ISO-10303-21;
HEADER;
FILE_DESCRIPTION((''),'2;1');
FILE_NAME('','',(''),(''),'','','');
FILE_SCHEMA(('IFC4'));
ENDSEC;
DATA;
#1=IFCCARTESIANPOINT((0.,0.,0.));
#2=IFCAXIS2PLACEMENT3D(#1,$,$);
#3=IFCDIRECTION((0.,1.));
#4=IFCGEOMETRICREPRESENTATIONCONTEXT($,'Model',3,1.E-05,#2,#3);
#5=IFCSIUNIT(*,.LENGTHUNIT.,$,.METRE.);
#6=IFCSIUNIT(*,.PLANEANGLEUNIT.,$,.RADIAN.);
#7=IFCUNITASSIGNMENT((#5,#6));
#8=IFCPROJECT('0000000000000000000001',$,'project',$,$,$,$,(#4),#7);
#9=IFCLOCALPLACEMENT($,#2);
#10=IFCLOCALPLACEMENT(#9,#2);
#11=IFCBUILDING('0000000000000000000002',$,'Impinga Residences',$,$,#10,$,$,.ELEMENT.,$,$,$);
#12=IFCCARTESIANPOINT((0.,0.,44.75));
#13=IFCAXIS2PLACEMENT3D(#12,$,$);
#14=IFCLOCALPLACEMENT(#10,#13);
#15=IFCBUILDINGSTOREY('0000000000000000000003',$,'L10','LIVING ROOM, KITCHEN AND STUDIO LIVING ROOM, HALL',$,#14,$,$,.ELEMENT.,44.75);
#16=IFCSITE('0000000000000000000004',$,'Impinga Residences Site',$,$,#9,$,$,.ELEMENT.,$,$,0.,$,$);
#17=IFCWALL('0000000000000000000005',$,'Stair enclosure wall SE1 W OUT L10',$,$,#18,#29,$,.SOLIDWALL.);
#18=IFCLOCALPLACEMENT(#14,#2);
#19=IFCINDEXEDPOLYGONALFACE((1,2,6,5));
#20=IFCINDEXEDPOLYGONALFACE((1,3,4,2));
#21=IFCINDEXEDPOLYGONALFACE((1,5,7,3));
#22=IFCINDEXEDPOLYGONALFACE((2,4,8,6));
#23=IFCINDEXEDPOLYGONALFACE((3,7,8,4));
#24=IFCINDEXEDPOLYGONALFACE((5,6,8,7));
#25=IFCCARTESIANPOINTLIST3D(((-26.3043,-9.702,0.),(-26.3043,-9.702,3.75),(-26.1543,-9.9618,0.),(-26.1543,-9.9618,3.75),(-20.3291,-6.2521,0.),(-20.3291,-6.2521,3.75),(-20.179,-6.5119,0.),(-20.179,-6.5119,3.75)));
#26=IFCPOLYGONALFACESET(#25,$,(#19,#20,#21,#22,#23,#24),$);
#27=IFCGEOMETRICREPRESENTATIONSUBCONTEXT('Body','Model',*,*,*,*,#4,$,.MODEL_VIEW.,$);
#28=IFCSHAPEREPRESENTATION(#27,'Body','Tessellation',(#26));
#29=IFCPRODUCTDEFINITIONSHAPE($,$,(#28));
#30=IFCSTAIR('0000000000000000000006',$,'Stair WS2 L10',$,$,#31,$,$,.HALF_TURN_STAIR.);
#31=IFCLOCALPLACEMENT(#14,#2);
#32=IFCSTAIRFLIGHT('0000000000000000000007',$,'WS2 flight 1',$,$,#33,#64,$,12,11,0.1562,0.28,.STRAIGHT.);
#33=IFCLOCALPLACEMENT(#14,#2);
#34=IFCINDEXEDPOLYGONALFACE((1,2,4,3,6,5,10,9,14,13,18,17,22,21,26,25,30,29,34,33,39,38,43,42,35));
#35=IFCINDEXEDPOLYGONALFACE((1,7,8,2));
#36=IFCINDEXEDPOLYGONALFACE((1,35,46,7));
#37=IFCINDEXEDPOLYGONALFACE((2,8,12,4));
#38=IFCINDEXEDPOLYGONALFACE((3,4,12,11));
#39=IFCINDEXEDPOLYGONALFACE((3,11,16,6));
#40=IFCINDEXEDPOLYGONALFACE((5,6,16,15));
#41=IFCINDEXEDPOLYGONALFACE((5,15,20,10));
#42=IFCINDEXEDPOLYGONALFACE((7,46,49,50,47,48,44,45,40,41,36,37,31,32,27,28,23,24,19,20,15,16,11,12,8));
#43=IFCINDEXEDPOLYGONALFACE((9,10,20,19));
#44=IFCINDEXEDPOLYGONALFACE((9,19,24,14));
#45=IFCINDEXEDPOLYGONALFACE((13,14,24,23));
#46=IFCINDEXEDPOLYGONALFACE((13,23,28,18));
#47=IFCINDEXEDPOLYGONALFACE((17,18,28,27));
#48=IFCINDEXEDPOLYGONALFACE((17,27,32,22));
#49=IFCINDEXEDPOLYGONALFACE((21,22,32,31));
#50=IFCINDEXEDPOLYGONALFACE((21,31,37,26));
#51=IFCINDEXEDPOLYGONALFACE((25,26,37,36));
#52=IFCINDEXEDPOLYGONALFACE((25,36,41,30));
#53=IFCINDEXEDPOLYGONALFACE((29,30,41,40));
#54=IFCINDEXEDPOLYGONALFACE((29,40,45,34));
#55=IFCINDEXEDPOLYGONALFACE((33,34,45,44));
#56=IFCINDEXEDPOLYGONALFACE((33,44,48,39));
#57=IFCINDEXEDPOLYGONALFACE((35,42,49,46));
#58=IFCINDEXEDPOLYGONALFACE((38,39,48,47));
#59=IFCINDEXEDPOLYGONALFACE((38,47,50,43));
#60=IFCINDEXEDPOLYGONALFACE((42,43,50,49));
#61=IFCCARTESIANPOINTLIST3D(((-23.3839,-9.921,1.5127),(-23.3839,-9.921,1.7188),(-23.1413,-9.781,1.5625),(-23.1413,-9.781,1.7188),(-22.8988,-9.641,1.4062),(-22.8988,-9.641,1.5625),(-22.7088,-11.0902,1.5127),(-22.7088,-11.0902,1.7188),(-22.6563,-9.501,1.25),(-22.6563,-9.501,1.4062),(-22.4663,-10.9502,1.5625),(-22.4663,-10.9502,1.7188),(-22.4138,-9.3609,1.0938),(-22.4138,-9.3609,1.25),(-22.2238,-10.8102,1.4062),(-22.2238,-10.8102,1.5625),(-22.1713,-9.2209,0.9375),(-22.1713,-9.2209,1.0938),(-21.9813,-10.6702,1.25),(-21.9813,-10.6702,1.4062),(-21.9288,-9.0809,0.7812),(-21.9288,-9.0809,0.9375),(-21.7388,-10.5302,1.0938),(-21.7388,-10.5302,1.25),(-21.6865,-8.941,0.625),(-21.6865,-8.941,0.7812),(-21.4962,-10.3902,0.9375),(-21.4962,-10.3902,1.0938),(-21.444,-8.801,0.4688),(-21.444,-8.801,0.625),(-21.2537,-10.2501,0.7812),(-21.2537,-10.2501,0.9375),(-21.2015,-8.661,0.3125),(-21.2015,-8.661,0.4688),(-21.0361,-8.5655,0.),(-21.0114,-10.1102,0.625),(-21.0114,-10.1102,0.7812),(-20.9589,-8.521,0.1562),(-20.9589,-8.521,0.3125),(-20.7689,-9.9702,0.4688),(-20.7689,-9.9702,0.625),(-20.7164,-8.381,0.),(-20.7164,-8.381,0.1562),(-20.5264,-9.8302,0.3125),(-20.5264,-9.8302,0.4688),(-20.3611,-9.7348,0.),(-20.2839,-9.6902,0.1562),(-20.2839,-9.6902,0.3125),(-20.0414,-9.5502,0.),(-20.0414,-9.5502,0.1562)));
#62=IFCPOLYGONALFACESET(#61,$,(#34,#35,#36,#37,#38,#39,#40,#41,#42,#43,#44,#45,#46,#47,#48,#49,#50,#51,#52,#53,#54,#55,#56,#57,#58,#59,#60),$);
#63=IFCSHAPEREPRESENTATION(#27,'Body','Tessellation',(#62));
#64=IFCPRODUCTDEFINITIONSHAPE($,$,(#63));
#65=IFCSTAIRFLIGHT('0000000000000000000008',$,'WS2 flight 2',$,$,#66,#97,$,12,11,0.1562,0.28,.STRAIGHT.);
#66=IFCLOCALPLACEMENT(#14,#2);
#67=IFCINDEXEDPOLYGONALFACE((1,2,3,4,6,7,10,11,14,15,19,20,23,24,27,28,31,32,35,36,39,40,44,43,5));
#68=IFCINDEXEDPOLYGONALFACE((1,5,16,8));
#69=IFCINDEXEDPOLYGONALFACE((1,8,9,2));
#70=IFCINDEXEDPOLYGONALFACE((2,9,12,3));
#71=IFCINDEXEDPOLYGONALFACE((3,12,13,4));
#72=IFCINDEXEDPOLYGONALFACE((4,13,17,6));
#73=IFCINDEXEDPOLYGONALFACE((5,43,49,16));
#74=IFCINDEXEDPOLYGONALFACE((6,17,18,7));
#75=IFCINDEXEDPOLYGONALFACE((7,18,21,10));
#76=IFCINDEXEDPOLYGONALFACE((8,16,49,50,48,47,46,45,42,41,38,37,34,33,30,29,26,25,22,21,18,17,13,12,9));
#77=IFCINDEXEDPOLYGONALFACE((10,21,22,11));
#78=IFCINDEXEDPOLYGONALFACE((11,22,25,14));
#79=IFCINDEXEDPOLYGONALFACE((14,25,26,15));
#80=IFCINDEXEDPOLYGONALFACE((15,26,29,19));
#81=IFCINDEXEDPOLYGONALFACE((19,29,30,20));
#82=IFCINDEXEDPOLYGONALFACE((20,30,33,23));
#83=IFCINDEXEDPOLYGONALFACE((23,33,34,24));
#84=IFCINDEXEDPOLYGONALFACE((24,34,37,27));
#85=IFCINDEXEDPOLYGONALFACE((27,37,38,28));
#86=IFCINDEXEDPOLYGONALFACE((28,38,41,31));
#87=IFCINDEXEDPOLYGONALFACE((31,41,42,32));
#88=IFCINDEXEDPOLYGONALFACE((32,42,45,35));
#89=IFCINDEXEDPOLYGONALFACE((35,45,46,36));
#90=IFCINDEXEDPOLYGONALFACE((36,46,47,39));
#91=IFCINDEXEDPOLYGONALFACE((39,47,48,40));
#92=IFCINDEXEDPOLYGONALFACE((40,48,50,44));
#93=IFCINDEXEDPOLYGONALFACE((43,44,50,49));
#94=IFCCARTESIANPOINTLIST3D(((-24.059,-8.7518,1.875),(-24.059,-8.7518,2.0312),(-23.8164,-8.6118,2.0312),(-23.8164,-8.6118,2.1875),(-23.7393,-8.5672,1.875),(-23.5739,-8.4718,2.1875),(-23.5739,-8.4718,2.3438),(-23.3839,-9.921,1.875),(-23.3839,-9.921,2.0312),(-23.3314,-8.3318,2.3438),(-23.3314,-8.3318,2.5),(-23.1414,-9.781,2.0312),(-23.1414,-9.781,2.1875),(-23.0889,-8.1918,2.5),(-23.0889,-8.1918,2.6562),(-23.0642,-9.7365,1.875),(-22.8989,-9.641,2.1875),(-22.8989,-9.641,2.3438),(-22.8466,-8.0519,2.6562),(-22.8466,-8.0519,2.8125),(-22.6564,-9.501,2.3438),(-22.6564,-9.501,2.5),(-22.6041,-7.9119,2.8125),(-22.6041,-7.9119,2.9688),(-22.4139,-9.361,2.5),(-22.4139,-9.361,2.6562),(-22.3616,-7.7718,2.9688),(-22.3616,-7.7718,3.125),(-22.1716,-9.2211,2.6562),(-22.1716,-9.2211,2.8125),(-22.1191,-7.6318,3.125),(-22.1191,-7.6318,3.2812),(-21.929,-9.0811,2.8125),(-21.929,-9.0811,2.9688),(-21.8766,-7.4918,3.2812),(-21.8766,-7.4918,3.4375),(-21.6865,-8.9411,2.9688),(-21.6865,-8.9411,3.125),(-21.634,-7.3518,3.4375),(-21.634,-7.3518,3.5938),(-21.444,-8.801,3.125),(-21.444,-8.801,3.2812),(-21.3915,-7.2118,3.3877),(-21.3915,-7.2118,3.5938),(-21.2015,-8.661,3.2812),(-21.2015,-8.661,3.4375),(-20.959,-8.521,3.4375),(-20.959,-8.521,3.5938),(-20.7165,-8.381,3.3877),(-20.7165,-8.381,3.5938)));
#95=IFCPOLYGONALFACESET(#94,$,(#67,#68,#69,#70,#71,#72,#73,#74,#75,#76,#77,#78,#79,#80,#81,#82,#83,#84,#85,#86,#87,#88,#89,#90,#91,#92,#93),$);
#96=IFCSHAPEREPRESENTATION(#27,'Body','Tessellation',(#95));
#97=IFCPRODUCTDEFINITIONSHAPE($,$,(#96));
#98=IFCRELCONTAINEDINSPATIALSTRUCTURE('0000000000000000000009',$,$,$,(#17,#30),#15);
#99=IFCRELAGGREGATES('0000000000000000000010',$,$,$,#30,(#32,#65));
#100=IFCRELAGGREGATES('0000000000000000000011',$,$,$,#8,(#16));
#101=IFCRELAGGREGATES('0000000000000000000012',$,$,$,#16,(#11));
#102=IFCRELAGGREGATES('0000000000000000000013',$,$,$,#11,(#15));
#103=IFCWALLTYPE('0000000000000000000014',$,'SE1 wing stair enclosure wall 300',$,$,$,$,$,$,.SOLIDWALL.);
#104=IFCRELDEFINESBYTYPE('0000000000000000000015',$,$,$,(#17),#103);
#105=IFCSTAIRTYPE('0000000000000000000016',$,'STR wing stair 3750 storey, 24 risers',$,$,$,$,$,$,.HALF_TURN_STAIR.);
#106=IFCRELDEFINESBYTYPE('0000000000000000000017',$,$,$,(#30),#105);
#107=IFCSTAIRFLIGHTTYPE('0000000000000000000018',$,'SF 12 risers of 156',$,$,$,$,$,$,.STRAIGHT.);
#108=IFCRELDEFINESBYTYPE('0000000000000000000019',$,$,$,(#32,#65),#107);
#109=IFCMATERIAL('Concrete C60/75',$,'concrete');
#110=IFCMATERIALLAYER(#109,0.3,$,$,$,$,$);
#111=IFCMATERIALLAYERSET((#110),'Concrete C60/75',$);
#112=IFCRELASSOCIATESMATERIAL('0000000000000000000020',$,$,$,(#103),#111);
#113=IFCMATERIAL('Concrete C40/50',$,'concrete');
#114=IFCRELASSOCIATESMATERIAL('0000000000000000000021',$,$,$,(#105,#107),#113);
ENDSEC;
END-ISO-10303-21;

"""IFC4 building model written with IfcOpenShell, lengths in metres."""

from ifc_helpers import new_model, si_unit, direction, frame, frame_2d, origin, place, context, subcontext, project, spatial, polyline, rectangle, outline, extrude, material, layer, layer_set, type_object, element, aggregate, save


model = new_model("IFC4")

# Units and contexts
model_context = context("Model", 3, precision=1e-05, world=origin(), true_north=direction((0.0, 1.0)))
body_context = subcontext(model_context, "Body", "Model", "MODEL_VIEW")
ifc_project = project(units=[si_unit("LENGTHUNIT", "METRE"), si_unit("PLANEANGLEUNIT", "RADIAN")], contexts=[model_context])

# Site, building, storey
site_placement = place(None, origin())
site = spatial("IfcSite", under=ifc_project, at=site_placement, Name="Impinga Residences Site", CompositionType="ELEMENT", RefElevation=0.0)
building_placement = place(site_placement, origin())
building = spatial("IfcBuilding", under=site, at=building_placement, Name="Impinga Residences", CompositionType="ELEMENT")
storey_placement = place(building_placement, frame((0.0, 0.0, 44.75)))
storey = spatial("IfcBuildingStorey", under=building, at=storey_placement, Name="L10", Description="LIVING ROOM, KITCHEN AND STUDIO LIVING ROOM, HALL", CompositionType="ELEMENT", Elevation=44.75)

# Shared definitions
ifc_material_1 = material(Name="Concrete C60/75", Category="concrete")

# Wall
ifc_layer_1 = layer(ifc_material_1, 0.3)
ifc_layer_set_1 = layer_set([ifc_layer_1], Name="Concrete C60/75")
wall_type_1 = type_object("IfcWallType", Name="SE1 wing stair enclosure wall 300", PredefinedType="SOLIDWALL", material=ifc_layer_set_1)
wall_1_placement = place(storey_placement, frame((-20.2542, -6.3821, 0.0), z_axis=(0.0, 0.0, 1.0), x_axis=(-0.86602, -0.500009, 0.0)))
element("IfcWall", 1, at=wall_1_placement, inside=storey, type_object=wall_type_1, Name="Stair enclosure wall SE1 W OUT L10", PredefinedType="SOLIDWALL", context=body_context, shape_type="SweptSolid", body=[
    extrude(rectangle(XDim=6.8997, YDim=0.3, at=frame_2d((3.4497, 0.0))), origin(), (0.0, 0.0, 1.0), 3.75),
])

# Stair, stair flights
ifc_material_2 = material(Name="Concrete C40/50", Category="concrete")
stair_type = type_object("IfcStairType", Name="STR wing stair 3750 storey, 24 risers", PredefinedType="HALF_TURN_STAIR", material=ifc_material_2)
stair_placement = place(storey_placement, origin())
stair = element("IfcStair", 2, at=stair_placement, inside=storey, type_object=stair_type, Name="Stair WS2 L10", PredefinedType="HALF_TURN_STAIR")
stair_flight_type = type_object("IfcStairFlightType", Name="SF 12 risers of 156", PredefinedType="STRAIGHT", material=ifc_material_2)
stair_flight_1_placement = place(storey_placement, frame((-20.3789, -8.9656, 0.0), z_axis=(0.0, 0.0, 1.0), x_axis=(-0.866025, -0.5, 0.0)))
stair_flight_1 = element("IfcStairFlight", 3, at=stair_flight_1_placement, type_object=stair_flight_type, Name="WS2 flight 1", NumberOfRisers=12, NumberOfTreads=11, PredefinedType="STRAIGHT", RiserHeight=0.1562, TreadLength=0.28, context=body_context, shape_type="SweptSolid", body=[
    extrude(outline(polyline([(0.0, 0.0), (0.0, 0.1562), (0.28, 0.1562), (0.28, 0.3125), (0.5601, 0.3125), (0.5601, 0.4688), (0.8401, 0.4688), (0.8401, 0.625), (1.1201, 0.625), (1.1201, 0.7812), (1.3999, 0.7812), (1.3999, 0.9375), (1.6799, 0.9375), (1.6799, 1.0938), (1.96, 1.0938), (1.96, 1.25), (2.24, 1.25), (2.24, 1.4062), (2.52, 1.4062), (2.52, 1.5625), (2.8, 1.5625), (2.8, 1.7188), (3.0801, 1.7188), (3.0801, 1.875), (3.0801, 1.5127), (0.3691, 0.0), (0.0, 0.0)])), frame((0.0, 0.675, 0.0), z_axis=(0.0, -1.0, 0.0), x_axis=(1.0, 0.0, 0.0)), (0.0, 0.0, 1.0), 1.3501),
])
stair_flight_2_placement = place(storey_placement, frame((-23.7214, -9.3364, 1.875), z_axis=(0.0, 0.0, 1.0), x_axis=(0.866025, 0.5, 0.0)))
stair_flight_2 = element("IfcStairFlight", 4, at=stair_flight_2_placement, type_object=stair_flight_type, Name="WS2 flight 2", NumberOfRisers=12, NumberOfTreads=11, PredefinedType="STRAIGHT", RiserHeight=0.1562, TreadLength=0.28, context=body_context, shape_type="SweptSolid", body=[
    extrude(outline(polyline([(0.0, 0.0), (0.0, 0.1562), (0.28, 0.1562), (0.28, 0.3125), (0.5601, 0.3125), (0.5601, 0.4688), (0.8401, 0.4688), (0.8401, 0.625), (1.1201, 0.625), (1.1201, 0.7812), (1.3999, 0.7812), (1.3999, 0.9375), (1.6799, 0.9375), (1.6799, 1.0938), (1.96, 1.0938), (1.96, 1.25), (2.24, 1.25), (2.24, 1.4062), (2.52, 1.4062), (2.52, 1.5625), (2.8, 1.5625), (2.8, 1.7188), (3.0801, 1.7188), (3.0801, 1.875), (3.0801, 1.5127), (0.3691, 0.0), (0.0, 0.0)])), frame((0.0, 0.675, 0.0), z_axis=(0.0, -1.0, 0.0), x_axis=(1.0, 0.0, 0.0)), (0.0, 0.0, 1.0), 1.3501),
])
aggregate(stair, [stair_flight_1, stair_flight_2])

save(model, "model.ifc")
